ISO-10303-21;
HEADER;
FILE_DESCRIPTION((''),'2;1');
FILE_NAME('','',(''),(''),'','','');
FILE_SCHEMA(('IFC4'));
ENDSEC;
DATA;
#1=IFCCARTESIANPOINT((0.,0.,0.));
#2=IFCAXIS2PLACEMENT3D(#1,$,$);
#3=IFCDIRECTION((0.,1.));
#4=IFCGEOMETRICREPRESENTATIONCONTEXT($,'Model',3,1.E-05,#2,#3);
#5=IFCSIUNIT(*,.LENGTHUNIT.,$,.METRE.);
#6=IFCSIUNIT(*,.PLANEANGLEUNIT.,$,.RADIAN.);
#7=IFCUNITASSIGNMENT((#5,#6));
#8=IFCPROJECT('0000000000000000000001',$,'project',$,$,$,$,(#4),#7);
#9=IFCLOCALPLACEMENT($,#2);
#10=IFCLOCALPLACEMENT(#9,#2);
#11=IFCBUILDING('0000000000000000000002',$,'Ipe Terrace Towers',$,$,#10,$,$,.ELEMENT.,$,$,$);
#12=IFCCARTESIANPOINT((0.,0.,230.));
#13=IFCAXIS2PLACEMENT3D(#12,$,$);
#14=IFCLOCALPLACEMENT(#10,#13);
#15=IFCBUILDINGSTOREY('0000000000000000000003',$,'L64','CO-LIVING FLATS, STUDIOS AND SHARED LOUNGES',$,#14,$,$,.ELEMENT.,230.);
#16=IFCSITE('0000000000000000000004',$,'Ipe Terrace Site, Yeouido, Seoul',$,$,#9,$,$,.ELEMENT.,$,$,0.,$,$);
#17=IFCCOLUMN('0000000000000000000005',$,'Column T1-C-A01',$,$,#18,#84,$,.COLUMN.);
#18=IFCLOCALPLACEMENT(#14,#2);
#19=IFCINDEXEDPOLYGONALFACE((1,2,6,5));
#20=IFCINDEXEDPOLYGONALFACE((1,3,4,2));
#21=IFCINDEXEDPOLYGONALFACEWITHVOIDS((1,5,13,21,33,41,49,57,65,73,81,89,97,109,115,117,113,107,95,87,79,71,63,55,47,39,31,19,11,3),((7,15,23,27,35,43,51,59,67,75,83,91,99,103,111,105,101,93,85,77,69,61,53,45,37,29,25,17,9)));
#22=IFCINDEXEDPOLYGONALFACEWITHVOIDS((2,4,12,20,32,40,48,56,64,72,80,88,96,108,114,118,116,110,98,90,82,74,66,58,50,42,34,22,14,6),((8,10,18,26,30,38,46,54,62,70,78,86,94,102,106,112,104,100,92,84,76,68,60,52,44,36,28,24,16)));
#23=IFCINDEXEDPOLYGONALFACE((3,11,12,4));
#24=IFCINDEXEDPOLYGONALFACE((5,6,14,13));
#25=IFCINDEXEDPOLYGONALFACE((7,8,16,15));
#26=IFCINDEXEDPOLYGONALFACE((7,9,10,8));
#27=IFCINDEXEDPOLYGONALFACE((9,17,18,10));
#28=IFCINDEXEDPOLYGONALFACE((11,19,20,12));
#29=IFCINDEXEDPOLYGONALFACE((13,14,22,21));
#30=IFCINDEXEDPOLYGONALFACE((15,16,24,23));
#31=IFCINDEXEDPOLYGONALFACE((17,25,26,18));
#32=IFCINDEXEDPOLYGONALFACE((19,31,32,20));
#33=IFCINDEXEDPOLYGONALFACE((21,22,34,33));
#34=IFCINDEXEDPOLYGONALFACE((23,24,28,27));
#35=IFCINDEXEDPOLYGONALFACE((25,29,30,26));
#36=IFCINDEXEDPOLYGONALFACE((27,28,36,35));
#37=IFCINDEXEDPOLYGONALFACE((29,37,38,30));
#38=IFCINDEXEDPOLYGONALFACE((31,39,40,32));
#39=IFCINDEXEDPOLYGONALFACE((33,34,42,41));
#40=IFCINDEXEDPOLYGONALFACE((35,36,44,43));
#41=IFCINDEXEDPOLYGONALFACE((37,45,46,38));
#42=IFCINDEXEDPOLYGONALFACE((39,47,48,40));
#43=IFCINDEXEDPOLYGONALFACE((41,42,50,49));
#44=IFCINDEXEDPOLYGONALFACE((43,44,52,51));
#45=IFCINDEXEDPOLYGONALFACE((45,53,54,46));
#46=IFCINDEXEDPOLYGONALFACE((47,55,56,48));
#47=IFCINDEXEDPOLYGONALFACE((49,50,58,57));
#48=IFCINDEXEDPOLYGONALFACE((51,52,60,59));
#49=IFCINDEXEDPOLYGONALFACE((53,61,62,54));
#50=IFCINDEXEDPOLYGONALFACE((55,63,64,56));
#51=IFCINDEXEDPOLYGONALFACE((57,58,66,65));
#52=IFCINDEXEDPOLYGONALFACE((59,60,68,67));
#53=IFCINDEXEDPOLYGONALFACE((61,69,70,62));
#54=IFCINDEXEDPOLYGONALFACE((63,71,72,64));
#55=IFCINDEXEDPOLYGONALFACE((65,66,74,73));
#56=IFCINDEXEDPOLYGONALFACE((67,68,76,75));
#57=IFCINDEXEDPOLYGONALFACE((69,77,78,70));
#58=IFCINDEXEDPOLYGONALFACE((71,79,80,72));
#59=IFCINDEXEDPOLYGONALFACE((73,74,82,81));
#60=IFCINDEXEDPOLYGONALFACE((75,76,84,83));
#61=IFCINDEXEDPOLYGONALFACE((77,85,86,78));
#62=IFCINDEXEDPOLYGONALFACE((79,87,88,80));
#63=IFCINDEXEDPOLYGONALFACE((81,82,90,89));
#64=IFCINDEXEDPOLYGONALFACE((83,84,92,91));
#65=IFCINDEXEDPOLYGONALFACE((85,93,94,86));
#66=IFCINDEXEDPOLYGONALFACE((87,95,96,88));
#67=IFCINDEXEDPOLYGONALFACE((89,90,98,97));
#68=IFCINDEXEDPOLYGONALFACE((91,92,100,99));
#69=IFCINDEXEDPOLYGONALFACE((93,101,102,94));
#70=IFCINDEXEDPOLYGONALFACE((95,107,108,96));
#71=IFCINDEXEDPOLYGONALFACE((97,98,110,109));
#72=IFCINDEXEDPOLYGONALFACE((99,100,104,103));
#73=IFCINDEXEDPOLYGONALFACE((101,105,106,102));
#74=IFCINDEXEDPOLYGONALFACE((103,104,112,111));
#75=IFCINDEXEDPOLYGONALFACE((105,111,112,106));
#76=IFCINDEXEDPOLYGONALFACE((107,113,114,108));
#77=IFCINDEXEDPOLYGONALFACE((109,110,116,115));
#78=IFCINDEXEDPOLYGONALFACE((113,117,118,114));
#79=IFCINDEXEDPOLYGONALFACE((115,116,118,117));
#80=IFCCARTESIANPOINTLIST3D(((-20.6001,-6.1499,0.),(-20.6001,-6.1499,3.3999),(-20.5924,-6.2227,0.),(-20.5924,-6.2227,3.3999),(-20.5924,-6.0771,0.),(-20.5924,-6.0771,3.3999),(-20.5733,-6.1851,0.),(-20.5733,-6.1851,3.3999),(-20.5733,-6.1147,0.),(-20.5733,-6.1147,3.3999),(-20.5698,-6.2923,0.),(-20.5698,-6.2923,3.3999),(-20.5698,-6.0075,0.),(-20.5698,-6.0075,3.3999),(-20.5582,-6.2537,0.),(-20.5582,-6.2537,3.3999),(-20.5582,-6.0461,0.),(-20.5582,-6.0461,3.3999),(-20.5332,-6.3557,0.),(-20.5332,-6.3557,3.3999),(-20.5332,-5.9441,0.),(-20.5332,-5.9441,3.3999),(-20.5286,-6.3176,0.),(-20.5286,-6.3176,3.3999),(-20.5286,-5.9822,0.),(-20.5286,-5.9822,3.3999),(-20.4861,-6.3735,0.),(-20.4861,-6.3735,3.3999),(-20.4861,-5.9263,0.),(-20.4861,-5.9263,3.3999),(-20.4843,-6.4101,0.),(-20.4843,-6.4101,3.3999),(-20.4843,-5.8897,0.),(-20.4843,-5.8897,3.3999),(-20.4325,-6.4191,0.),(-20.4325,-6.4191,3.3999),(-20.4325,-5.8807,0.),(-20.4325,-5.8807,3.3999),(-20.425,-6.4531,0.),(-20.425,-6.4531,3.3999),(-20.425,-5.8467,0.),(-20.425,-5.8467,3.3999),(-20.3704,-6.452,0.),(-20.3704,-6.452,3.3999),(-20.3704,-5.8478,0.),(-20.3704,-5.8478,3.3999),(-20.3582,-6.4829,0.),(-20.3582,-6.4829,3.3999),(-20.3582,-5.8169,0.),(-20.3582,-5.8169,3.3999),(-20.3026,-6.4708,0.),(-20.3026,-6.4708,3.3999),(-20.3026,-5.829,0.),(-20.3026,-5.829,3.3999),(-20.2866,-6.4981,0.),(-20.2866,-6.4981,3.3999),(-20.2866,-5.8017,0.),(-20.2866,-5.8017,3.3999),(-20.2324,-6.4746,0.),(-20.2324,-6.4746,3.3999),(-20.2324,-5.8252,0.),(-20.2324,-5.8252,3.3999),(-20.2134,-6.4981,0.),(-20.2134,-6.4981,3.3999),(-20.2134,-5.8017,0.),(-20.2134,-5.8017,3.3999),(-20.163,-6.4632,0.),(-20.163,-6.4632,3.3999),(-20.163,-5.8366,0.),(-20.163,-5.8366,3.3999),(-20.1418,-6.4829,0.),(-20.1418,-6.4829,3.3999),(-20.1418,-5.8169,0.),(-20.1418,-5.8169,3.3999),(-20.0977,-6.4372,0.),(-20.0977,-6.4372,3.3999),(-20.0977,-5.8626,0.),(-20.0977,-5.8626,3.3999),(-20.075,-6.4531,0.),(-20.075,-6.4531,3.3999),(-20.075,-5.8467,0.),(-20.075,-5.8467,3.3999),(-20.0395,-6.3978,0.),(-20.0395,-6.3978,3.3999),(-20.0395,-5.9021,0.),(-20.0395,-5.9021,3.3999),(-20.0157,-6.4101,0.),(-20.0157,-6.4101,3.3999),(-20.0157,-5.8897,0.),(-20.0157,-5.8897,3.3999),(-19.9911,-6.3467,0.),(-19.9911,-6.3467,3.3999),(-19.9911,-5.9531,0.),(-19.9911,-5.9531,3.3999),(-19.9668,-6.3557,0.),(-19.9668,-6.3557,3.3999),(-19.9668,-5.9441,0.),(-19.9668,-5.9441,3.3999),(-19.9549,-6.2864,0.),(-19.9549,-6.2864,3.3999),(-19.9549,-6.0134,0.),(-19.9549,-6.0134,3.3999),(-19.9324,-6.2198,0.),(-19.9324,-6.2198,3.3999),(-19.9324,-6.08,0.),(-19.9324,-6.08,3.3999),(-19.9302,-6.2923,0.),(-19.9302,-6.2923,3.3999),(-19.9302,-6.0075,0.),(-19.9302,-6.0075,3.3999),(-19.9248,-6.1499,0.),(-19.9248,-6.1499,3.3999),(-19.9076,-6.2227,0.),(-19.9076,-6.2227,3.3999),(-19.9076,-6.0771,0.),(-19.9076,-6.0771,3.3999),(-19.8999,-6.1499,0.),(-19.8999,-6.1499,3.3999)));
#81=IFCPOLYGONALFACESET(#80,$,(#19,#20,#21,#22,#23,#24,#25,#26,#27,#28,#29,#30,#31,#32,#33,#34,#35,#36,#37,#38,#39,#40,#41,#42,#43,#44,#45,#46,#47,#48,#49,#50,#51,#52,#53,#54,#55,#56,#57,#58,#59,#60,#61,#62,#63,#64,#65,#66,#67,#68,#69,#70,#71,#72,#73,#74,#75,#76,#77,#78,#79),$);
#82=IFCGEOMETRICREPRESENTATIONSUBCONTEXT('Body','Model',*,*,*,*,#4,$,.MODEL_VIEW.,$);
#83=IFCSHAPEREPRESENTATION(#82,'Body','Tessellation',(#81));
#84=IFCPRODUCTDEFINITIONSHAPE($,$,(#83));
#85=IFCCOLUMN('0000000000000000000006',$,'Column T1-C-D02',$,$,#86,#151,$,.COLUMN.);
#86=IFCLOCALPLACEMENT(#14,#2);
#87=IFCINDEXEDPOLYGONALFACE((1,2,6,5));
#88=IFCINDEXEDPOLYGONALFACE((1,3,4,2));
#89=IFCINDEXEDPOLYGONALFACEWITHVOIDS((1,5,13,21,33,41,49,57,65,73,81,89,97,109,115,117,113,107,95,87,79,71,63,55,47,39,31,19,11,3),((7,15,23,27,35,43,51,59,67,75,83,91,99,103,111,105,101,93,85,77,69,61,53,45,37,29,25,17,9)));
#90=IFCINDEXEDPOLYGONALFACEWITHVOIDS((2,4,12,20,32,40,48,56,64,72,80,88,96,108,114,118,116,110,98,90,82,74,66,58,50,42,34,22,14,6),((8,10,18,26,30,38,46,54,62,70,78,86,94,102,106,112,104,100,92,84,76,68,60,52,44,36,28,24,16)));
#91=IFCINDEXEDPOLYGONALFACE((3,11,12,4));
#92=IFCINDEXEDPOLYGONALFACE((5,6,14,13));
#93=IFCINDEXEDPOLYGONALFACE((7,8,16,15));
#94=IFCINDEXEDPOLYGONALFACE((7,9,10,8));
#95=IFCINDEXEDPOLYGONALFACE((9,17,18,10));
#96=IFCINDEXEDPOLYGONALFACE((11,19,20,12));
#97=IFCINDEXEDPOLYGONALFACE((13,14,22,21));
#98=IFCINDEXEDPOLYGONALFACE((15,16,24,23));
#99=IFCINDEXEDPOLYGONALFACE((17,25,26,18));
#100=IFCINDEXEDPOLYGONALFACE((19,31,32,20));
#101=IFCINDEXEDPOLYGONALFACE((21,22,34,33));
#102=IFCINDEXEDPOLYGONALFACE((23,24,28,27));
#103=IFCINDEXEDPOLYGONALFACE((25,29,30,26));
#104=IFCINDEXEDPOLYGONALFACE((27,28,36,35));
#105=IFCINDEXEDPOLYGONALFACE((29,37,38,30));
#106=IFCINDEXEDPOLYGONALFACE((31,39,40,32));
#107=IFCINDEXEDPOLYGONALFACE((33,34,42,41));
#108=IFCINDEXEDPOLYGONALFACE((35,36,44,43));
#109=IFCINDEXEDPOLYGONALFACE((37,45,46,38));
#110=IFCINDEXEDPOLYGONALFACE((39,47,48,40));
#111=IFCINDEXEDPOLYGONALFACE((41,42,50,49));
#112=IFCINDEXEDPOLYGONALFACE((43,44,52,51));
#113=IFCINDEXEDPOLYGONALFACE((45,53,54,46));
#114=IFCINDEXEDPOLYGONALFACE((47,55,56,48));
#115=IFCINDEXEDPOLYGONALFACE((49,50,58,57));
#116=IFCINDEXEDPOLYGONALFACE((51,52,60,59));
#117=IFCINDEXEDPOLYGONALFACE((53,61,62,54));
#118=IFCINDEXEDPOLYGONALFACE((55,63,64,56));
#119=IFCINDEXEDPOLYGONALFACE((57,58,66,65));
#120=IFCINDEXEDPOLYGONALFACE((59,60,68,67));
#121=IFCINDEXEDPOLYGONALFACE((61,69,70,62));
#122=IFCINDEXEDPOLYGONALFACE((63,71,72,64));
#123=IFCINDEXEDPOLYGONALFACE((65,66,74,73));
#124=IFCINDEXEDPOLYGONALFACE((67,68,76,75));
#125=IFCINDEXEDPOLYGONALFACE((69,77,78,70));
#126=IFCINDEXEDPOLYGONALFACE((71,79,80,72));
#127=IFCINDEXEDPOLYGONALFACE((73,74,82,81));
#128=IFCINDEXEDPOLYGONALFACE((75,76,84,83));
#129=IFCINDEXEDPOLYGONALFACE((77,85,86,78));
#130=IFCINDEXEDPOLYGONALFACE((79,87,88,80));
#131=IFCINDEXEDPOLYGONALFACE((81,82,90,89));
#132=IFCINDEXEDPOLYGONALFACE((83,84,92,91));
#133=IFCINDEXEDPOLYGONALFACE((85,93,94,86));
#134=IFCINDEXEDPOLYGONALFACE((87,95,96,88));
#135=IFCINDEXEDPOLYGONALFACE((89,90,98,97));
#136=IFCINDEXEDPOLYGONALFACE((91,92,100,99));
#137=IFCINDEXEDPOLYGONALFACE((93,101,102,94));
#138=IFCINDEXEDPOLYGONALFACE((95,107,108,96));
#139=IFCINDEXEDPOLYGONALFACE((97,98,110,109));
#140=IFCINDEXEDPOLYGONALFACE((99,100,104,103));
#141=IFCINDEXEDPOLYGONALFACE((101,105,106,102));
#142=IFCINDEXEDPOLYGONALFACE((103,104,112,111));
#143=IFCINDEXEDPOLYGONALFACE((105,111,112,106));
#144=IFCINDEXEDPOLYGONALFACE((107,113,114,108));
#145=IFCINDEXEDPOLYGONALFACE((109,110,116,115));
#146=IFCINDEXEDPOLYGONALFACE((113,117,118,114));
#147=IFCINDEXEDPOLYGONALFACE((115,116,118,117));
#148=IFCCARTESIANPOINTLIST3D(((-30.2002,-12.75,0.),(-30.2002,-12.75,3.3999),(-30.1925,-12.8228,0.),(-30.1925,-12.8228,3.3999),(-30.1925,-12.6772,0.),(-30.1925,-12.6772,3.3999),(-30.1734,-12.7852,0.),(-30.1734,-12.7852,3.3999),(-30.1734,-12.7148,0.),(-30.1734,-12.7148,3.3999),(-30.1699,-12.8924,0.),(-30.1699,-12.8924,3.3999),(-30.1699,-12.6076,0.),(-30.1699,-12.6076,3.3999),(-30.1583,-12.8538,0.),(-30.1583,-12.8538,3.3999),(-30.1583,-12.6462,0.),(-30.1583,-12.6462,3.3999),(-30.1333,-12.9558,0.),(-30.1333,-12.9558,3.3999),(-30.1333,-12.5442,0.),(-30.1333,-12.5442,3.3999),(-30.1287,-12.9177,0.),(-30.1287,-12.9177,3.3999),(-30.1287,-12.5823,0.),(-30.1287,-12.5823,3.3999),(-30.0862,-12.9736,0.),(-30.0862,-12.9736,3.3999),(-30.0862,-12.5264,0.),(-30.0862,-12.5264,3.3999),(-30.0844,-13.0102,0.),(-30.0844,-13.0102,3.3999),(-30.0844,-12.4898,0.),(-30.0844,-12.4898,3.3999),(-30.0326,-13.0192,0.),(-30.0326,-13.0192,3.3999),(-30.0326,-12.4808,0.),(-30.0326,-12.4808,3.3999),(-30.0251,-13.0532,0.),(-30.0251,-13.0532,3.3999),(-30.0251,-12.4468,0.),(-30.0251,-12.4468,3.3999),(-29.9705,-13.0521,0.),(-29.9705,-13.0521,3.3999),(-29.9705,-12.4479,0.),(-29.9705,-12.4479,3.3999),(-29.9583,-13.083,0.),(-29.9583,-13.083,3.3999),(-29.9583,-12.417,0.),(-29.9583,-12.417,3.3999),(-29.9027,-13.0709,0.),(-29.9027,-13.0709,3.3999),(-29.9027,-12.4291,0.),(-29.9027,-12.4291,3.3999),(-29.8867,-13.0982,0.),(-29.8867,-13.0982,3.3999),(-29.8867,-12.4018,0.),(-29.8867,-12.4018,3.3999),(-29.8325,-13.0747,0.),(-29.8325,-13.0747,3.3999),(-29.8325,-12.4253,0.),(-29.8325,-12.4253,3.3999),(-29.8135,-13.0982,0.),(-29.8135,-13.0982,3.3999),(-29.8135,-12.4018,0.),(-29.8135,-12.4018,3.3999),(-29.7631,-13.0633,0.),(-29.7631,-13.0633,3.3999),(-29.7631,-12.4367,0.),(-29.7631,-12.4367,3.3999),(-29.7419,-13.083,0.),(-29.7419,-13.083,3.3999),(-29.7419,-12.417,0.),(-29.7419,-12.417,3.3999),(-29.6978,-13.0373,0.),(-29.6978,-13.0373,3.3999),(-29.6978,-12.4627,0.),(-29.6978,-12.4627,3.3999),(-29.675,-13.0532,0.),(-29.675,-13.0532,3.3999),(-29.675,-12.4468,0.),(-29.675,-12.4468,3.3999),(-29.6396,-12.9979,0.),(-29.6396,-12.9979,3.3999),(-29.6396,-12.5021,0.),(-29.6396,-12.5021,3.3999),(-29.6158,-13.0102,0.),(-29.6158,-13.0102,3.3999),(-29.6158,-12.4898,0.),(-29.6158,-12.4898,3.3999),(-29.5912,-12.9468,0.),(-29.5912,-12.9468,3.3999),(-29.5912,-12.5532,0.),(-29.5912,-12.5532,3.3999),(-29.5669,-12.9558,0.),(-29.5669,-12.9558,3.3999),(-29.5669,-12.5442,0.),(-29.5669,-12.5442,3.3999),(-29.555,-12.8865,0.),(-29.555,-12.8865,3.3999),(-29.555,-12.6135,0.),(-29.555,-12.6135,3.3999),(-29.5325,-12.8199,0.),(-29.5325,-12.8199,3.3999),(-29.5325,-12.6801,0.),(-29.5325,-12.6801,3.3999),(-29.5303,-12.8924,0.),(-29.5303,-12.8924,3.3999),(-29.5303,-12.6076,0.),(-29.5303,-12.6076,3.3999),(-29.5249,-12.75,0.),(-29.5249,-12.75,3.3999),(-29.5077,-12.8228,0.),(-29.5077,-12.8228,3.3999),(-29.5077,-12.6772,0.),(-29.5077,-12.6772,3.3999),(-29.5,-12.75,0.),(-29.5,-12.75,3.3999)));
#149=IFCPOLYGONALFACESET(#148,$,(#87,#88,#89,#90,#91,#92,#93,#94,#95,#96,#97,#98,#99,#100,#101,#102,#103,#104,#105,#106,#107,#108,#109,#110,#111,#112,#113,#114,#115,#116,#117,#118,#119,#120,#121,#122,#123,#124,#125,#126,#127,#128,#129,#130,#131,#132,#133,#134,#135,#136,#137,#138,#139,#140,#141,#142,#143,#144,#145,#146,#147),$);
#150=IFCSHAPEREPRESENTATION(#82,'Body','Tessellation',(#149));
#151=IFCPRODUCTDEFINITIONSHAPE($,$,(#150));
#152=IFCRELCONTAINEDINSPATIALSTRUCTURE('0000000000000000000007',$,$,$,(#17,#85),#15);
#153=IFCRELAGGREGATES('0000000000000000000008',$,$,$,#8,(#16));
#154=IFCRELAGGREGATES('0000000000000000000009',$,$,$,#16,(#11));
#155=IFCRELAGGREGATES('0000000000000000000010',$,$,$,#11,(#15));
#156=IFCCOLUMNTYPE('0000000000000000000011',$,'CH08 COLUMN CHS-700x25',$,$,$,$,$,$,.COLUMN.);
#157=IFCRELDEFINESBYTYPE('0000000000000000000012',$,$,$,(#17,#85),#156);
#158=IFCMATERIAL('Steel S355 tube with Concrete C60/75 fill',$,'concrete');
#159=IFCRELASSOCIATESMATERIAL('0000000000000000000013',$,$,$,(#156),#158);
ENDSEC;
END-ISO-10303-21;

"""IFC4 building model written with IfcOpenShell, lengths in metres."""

from ifc_helpers import new_model, si_unit, direction, frame, origin, origin_2d, place, context, subcontext, project, spatial, hollow_circle, extrude, material, material_profile, profile_set, type_object, element, save


model = new_model("IFC4")

# Units and contexts
model_context = context("Model", 3, precision=1e-05, world=origin(), true_north=direction((0.0, 1.0)))
body_context = subcontext(model_context, "Body", "Model", "MODEL_VIEW")
ifc_project = project(units=[si_unit("LENGTHUNIT", "METRE"), si_unit("PLANEANGLEUNIT", "RADIAN")], contexts=[model_context])

# Site, building, storey
site_placement = place(None, origin())
site = spatial("IfcSite", under=ifc_project, at=site_placement, Name="Ipe Terrace Site, Yeouido, Seoul", CompositionType="ELEMENT", RefElevation=0.0)
building_placement = place(site_placement, origin())
building = spatial("IfcBuilding", under=site, at=building_placement, Name="Ipe Terrace Towers", CompositionType="ELEMENT")
storey_placement = place(building_placement, frame((0.0, 0.0, 230.0)))
storey = spatial("IfcBuildingStorey", under=building, at=storey_placement, Name="L64", Description="CO-LIVING FLATS, STUDIOS AND SHARED LOUNGES", CompositionType="ELEMENT", Elevation=230.0)

# Columns
ifc_material_1 = material(Name="Steel S355 tube with Concrete C60/75 fill", Category="concrete")
ifc_material_profile_1 = material_profile(ifc_material_1, hollow_circle(Radius=0.3501, WallThickness=0.0249, at=origin_2d()), Name="CHS-700x25")
ifc_profile_set_1 = profile_set([ifc_material_profile_1], Name="Steel S355 tube with Concrete C60/75 fill")
column_type_1 = type_object("IfcColumnType", Name="CH08 COLUMN CHS-700x25", PredefinedType="COLUMN", material=ifc_profile_set_1)
for number, where, z_axis, x_axis, name in (
    (1, (-20.25, -6.1499, 0.0), (0.0, 0.0, 1.0), (1.0, 0.0, 0.0), "Column T1-C-A01"),
    (2, (-29.8501, -12.75, 0.0), (0.0, 0.0, 1.0), (1.0, 0.0, 0.0), "Column T1-C-D02"),
):
    element("IfcColumn", number, at=place(storey_placement, frame(where, z_axis=z_axis, x_axis=x_axis)), inside=storey, type_object=column_type_1, Name=name, PredefinedType="COLUMN", context=body_context, shape_type="SweptSolid", body=[
        extrude(hollow_circle(Radius=0.3501, WallThickness=0.0249, at=origin_2d()), origin(), (0.0, 0.0, 1.0), 3.3999),
    ])

save(model, "model.ifc")
